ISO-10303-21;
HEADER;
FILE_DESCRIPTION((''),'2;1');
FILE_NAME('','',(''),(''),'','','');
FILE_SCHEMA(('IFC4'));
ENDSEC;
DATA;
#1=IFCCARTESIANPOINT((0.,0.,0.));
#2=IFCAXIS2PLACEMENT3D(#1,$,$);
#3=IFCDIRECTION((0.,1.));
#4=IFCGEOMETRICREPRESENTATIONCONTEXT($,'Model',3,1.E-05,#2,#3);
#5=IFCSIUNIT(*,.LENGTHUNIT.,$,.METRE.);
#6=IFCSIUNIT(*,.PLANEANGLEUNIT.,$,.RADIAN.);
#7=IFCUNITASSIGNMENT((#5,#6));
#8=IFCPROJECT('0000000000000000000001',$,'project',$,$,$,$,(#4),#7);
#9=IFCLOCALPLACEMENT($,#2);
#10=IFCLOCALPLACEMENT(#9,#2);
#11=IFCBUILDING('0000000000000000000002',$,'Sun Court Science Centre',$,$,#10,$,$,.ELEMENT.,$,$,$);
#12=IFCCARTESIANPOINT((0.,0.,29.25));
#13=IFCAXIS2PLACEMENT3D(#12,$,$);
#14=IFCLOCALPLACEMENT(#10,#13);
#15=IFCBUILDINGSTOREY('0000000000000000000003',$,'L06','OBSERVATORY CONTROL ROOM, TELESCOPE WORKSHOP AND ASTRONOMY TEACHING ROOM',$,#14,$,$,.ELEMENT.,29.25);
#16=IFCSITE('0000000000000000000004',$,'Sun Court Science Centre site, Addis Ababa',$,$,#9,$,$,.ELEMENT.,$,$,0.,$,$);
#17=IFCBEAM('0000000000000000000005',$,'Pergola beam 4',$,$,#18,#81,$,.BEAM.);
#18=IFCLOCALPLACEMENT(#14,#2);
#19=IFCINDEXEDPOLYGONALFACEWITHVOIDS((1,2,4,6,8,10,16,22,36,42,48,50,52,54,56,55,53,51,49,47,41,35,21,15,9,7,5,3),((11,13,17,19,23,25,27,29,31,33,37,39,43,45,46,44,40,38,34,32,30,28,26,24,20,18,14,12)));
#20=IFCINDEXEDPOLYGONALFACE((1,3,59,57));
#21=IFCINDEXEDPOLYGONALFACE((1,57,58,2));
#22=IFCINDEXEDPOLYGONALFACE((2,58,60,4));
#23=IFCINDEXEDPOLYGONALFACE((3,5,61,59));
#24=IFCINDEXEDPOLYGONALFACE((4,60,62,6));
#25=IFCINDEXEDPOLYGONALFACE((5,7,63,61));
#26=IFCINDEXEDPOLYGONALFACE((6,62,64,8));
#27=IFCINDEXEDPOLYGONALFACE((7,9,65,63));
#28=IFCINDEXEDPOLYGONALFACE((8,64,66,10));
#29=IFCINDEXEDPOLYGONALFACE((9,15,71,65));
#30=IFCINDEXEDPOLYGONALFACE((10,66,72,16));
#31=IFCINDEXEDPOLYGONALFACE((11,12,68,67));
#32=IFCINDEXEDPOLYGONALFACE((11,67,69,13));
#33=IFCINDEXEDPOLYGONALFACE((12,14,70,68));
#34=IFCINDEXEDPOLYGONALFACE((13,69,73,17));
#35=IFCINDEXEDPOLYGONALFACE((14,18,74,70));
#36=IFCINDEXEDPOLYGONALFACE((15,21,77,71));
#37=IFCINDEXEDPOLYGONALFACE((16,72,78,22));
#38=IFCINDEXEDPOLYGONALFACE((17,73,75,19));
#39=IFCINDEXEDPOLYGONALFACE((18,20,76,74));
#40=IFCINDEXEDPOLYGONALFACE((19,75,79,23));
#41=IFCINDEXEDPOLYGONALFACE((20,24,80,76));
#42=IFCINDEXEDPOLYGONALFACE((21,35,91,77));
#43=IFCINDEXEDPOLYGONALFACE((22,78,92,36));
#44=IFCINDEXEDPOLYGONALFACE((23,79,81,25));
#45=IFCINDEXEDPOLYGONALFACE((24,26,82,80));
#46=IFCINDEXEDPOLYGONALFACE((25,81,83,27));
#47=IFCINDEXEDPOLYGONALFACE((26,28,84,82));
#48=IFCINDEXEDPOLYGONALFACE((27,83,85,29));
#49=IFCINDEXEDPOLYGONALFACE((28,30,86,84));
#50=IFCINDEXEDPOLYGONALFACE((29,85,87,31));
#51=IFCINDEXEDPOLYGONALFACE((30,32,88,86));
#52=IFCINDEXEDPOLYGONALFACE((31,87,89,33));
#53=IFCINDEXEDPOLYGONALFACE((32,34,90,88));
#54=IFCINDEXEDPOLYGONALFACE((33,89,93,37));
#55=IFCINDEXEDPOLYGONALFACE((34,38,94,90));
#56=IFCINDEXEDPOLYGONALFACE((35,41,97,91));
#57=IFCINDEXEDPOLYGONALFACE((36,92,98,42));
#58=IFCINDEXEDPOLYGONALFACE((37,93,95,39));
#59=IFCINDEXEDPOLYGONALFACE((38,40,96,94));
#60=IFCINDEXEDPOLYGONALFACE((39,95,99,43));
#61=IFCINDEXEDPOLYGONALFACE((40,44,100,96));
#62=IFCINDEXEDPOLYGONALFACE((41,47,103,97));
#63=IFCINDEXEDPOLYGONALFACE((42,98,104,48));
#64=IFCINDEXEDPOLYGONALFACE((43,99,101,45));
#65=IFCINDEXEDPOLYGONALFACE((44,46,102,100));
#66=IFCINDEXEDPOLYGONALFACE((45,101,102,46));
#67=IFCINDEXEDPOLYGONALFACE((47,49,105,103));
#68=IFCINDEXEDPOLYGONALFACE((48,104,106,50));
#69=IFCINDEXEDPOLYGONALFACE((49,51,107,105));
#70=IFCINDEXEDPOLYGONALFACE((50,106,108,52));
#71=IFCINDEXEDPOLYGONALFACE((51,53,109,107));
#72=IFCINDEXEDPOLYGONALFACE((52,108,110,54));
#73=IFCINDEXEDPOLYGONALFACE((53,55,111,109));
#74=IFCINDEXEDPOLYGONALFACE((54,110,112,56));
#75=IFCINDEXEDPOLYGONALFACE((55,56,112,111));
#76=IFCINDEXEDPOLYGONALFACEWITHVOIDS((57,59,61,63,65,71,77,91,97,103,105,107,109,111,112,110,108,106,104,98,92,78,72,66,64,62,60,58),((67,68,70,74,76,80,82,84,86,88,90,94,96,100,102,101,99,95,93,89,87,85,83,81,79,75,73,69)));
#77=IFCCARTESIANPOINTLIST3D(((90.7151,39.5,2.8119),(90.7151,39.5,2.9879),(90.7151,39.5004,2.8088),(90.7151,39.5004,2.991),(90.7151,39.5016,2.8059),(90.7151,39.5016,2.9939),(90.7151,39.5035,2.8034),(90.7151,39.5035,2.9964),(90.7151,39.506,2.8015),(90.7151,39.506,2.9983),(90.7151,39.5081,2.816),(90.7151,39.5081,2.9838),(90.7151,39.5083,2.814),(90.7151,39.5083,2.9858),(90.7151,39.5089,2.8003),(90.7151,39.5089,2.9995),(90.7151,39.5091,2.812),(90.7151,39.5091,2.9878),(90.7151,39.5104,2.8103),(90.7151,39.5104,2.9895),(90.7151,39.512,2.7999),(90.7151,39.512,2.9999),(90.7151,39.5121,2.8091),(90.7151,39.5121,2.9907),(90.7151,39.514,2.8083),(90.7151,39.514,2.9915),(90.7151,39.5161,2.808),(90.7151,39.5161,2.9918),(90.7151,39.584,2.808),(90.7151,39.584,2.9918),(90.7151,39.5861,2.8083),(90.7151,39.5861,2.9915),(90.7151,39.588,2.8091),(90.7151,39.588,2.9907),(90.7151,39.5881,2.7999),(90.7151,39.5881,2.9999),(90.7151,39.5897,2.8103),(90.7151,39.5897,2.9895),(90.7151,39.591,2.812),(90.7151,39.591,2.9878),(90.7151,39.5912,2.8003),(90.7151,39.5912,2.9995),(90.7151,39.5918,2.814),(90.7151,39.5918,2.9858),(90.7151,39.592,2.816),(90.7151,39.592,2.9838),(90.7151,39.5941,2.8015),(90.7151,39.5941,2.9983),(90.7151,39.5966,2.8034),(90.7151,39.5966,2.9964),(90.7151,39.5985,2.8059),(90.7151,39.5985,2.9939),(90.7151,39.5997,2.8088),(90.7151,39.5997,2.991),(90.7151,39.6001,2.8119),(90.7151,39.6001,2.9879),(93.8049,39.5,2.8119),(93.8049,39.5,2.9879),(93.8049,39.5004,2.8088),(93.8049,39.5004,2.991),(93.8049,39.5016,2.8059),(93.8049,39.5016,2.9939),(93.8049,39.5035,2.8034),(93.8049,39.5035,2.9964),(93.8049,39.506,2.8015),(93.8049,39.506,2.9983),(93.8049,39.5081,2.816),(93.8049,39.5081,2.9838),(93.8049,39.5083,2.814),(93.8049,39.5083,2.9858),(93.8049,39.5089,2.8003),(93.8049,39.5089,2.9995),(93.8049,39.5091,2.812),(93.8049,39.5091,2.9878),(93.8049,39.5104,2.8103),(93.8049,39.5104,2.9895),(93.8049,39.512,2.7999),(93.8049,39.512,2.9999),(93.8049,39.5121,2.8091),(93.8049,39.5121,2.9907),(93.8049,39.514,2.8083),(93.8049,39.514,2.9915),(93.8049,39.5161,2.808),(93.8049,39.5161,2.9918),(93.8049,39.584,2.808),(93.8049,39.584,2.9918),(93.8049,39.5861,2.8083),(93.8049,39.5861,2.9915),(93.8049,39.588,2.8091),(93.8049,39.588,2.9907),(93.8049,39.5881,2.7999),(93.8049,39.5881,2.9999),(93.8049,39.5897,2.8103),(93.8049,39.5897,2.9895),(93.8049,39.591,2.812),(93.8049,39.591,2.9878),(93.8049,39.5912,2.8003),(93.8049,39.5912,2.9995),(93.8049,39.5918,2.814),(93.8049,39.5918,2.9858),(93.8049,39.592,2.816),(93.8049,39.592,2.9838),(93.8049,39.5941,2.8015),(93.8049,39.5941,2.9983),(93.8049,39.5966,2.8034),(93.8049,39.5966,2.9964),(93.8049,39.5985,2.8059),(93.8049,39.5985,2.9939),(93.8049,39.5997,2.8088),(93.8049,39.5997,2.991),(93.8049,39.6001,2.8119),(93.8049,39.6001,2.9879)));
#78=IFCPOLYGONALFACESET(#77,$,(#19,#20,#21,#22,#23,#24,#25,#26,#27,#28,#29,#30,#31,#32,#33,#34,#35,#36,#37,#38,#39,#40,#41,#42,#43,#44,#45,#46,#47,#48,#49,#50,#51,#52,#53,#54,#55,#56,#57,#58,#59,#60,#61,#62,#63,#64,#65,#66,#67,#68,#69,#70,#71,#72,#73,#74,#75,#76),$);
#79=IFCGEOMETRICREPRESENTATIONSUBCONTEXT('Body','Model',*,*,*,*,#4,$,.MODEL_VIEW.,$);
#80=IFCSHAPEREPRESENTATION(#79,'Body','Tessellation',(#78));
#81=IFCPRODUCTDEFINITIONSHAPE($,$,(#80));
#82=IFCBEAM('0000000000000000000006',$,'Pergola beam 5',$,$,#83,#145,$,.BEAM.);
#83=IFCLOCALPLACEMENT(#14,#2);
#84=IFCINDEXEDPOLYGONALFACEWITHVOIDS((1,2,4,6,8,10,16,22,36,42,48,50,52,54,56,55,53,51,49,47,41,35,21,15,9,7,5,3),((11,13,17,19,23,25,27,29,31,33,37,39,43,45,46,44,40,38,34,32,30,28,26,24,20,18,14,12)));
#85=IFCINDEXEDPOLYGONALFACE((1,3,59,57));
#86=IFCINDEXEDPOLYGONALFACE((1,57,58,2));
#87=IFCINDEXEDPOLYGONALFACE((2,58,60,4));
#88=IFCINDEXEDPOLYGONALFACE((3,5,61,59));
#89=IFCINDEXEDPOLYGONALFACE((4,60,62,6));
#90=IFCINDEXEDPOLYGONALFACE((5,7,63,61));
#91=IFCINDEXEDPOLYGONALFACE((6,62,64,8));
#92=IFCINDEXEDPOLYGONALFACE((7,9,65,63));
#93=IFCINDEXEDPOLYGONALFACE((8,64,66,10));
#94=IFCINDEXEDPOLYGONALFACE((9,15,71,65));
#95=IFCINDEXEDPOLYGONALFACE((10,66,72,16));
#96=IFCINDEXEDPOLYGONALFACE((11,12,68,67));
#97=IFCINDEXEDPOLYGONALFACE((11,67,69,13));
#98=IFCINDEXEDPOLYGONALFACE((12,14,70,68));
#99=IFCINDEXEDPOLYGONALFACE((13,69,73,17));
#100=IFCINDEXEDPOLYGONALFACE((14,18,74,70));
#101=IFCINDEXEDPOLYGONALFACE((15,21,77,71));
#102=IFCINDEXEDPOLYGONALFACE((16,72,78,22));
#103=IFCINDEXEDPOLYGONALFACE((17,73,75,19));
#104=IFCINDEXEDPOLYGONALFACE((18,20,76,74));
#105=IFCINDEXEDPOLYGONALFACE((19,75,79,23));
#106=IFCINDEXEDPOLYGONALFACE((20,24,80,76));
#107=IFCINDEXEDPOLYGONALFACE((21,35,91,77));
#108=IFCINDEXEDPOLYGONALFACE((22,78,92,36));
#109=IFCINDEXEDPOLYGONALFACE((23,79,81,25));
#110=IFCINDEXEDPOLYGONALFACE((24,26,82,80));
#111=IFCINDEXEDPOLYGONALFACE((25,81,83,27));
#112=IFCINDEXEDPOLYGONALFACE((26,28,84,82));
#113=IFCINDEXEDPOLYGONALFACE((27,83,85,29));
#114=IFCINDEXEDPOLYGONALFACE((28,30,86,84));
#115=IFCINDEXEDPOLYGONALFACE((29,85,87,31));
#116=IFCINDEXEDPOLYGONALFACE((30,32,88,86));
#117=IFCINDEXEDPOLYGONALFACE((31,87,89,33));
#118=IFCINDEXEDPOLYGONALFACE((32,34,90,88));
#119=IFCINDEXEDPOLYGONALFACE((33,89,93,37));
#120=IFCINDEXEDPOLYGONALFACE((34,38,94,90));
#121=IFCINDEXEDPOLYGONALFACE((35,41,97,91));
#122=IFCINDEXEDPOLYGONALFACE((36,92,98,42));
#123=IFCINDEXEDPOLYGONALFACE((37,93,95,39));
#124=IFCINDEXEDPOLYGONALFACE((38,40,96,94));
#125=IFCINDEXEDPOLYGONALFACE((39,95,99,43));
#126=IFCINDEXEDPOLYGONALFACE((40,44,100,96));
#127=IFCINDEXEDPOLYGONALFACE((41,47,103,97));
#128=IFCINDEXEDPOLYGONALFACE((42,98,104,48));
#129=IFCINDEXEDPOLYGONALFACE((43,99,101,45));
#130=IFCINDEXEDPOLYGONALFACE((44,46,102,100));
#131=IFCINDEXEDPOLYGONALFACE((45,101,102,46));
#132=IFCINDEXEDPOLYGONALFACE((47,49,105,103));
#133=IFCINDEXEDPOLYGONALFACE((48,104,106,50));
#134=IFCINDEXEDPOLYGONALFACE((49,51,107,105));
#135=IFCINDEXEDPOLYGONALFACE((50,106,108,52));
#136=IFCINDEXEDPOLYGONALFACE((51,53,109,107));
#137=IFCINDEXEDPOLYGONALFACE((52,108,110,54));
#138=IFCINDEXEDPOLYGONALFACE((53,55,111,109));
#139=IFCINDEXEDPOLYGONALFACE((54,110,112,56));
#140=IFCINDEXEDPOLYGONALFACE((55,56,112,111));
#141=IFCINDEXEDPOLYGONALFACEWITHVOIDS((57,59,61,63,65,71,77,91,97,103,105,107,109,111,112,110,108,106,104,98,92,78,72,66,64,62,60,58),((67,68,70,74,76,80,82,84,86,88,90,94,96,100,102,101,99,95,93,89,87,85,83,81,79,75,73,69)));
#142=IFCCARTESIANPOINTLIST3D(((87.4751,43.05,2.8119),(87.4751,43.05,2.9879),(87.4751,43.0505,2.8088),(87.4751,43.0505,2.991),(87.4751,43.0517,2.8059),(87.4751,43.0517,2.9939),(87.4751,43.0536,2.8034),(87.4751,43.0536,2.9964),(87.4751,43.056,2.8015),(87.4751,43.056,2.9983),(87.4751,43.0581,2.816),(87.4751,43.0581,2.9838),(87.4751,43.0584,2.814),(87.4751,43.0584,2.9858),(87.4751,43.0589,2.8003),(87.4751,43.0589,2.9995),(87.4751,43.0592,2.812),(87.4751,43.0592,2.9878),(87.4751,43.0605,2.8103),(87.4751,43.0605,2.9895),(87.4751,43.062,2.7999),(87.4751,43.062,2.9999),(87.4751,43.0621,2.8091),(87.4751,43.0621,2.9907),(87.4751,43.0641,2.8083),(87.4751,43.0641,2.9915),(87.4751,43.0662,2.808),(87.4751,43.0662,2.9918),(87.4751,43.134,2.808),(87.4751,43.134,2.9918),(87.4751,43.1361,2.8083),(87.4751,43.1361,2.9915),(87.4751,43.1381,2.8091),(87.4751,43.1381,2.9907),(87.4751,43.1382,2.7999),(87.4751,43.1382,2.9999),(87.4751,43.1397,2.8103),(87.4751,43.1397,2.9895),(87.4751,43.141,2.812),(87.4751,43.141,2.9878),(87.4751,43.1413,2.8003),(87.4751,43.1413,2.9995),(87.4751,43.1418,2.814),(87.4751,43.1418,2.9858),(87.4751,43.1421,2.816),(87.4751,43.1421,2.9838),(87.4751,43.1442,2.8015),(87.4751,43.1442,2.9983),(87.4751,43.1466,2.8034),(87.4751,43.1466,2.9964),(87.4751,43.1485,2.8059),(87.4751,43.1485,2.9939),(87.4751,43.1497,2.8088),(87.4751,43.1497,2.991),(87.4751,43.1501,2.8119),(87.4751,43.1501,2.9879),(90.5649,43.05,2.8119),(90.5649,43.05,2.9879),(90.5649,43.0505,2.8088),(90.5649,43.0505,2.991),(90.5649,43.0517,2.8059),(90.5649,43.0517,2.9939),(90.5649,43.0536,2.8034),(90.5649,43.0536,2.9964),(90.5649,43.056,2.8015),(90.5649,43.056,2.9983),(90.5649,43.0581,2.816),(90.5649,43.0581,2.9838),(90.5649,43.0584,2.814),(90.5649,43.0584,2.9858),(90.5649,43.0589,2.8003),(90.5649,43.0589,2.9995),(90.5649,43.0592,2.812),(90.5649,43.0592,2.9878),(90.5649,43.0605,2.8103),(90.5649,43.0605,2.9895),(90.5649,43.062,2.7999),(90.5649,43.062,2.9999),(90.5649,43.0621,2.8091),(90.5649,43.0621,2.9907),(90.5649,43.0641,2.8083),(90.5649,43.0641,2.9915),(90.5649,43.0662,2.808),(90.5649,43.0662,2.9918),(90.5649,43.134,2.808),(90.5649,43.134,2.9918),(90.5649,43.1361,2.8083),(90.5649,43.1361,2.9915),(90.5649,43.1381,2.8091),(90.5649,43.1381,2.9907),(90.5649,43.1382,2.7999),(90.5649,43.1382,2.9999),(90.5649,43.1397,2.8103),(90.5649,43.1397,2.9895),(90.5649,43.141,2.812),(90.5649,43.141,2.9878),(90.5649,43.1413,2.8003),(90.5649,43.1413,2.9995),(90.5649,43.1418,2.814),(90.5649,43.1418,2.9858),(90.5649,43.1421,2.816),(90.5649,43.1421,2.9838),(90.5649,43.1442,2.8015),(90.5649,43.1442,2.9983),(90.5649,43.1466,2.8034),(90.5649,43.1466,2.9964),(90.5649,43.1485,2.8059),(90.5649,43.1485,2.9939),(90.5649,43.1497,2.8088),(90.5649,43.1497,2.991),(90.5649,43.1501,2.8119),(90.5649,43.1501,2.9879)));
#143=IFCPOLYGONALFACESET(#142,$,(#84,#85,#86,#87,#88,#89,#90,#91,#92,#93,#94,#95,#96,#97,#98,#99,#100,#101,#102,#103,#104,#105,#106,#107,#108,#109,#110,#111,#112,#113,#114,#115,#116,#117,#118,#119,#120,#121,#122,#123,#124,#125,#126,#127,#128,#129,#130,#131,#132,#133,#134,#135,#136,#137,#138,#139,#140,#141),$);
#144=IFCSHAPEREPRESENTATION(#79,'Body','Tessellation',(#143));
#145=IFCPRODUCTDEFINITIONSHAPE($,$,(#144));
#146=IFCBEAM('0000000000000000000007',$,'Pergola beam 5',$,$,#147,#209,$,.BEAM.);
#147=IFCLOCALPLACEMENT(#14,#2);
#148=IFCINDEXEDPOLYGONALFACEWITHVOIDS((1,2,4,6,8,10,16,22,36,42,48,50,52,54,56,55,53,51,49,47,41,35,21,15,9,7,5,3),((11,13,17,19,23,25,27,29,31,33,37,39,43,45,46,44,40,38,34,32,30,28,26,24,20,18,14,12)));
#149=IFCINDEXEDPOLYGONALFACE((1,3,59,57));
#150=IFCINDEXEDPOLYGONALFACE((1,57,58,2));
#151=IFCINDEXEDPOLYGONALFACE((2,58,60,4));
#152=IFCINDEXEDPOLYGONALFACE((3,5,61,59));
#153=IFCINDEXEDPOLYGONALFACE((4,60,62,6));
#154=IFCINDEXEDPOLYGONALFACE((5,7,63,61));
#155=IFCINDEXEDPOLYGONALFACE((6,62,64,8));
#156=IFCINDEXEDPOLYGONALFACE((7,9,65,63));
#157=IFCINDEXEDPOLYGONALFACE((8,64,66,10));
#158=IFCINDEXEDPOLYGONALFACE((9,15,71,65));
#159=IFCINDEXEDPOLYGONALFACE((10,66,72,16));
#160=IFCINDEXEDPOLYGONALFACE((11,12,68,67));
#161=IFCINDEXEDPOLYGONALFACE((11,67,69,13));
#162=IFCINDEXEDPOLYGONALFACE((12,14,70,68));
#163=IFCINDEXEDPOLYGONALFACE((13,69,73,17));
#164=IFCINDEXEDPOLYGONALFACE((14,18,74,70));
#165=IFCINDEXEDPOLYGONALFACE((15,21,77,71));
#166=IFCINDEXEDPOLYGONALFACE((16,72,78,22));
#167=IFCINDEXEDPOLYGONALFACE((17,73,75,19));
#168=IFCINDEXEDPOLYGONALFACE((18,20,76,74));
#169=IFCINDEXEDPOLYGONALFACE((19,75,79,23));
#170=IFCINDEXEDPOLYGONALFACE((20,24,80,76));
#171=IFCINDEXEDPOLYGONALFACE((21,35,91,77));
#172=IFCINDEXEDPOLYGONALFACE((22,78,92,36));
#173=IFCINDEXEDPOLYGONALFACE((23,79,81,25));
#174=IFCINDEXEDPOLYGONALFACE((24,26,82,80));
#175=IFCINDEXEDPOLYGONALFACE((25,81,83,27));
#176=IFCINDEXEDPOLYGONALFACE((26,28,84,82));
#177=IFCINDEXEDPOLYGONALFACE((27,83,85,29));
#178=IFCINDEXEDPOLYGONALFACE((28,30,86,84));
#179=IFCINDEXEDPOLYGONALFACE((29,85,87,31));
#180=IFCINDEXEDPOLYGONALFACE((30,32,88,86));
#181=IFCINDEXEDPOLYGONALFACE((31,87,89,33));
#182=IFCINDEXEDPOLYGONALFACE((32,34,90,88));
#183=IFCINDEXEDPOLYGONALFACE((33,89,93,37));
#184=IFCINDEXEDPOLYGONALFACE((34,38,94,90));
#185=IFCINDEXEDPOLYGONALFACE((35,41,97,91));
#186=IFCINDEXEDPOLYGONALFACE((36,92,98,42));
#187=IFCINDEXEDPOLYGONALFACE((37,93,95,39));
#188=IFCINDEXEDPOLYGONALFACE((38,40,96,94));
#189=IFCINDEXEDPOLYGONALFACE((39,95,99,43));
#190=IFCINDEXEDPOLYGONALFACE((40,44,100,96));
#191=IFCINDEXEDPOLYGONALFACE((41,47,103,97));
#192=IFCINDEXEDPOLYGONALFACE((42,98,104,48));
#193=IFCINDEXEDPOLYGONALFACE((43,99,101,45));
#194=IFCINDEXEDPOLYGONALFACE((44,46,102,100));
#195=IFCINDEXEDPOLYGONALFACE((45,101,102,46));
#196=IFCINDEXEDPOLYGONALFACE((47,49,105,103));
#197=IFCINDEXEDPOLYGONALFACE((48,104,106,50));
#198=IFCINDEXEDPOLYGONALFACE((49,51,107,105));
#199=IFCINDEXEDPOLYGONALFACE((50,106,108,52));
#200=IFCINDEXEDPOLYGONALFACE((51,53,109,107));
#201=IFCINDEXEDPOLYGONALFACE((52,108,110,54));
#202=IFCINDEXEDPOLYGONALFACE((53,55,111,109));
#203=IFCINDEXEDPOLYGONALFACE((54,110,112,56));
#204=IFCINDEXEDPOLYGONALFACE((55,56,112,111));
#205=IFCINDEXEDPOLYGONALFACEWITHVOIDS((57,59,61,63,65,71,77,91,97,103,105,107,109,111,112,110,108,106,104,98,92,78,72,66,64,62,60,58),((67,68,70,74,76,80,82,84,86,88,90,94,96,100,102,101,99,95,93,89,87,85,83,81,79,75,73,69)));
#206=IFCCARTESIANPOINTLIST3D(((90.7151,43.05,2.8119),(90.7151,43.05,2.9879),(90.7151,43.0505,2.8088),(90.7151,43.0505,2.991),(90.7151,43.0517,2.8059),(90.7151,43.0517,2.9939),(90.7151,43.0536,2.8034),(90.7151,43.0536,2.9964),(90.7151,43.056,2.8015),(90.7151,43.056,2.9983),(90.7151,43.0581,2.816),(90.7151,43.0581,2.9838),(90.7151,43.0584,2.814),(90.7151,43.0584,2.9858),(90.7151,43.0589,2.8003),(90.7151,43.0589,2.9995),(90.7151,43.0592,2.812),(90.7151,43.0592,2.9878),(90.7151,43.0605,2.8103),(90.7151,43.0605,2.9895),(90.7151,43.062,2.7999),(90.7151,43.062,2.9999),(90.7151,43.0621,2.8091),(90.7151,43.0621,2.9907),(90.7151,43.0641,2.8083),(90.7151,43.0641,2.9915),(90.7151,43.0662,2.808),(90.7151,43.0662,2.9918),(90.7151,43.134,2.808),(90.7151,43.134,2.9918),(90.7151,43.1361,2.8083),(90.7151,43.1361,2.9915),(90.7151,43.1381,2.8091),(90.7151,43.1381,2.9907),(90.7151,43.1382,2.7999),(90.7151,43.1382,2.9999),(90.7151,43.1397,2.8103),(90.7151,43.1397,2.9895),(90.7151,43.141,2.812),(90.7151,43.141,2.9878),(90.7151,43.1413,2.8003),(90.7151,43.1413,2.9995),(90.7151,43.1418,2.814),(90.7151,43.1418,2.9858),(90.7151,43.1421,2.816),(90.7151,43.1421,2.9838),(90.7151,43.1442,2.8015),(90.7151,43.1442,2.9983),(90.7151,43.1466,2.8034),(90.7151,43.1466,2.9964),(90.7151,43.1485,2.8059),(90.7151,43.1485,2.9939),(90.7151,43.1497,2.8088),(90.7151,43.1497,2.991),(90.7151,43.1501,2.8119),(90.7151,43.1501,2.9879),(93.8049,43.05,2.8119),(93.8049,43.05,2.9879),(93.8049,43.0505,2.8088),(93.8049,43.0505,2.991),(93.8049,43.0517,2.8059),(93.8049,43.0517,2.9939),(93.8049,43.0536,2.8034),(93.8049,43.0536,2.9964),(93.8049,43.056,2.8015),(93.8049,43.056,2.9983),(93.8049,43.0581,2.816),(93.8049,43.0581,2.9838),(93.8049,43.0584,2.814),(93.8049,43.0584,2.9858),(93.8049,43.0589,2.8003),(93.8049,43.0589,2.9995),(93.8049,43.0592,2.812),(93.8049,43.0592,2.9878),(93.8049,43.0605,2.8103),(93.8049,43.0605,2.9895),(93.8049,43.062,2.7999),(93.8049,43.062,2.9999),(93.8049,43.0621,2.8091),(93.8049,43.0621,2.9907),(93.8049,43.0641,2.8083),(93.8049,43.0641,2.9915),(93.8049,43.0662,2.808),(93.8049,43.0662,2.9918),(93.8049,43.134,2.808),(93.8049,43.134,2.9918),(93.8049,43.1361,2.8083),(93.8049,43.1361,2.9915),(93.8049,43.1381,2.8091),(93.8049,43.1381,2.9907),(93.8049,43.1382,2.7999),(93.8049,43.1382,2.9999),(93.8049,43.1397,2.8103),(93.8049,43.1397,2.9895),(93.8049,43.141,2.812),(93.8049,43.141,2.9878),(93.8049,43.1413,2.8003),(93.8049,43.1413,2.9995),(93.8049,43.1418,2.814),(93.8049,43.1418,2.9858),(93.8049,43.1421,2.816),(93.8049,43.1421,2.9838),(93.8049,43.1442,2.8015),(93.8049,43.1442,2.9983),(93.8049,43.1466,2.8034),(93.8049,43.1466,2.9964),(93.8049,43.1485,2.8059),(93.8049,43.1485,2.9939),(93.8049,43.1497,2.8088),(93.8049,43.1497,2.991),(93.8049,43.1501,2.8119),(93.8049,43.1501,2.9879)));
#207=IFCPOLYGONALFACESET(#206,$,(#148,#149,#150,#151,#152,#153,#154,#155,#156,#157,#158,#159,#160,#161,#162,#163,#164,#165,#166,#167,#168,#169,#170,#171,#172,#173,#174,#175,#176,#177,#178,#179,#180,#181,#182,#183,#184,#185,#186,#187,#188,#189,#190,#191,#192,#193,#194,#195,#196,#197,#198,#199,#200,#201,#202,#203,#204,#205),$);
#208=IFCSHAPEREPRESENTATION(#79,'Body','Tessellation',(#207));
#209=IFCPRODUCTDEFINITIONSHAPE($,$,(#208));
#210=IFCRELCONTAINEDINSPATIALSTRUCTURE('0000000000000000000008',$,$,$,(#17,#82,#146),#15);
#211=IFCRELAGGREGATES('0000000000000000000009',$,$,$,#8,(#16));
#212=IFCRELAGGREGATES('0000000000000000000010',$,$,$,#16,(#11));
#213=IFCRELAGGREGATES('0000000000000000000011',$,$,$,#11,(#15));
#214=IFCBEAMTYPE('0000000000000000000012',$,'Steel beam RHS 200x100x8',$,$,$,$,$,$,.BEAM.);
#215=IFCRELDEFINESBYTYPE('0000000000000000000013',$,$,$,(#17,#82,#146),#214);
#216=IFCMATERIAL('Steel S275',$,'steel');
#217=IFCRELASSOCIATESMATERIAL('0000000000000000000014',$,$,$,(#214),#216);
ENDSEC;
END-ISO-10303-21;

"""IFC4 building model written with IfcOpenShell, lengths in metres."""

from ifc_helpers import new_model, si_unit, direction, frame, origin, origin_2d, place, context, subcontext, project, spatial, hollow_rectangle, extrude, material, material_profile, profile_set, type_object, element, save


model = new_model("IFC4")

# Units and contexts
model_context = context("Model", 3, precision=1e-05, world=origin(), true_north=direction((0.0, 1.0)))
body_context = subcontext(model_context, "Body", "Model", "MODEL_VIEW")
ifc_project = project(units=[si_unit("LENGTHUNIT", "METRE"), si_unit("PLANEANGLEUNIT", "RADIAN")], contexts=[model_context])

# Site, building, storey
site_placement = place(None, origin())
site = spatial("IfcSite", under=ifc_project, at=site_placement, Name="Sun Court Science Centre site, Addis Ababa", CompositionType="ELEMENT", RefElevation=0.0)
building_placement = place(site_placement, origin())
building = spatial("IfcBuilding", under=site, at=building_placement, Name="Sun Court Science Centre", CompositionType="ELEMENT")
storey_placement = place(building_placement, frame((0.0, 0.0, 29.25)))
storey = spatial("IfcBuildingStorey", under=building, at=storey_placement, Name="L06", Description="OBSERVATORY CONTROL ROOM, TELESCOPE WORKSHOP AND ASTRONOMY TEACHING ROOM", CompositionType="ELEMENT", Elevation=29.25)

# Beams
ifc_material_1 = material(Name="Steel S275", Category="steel")
ifc_material_profile_1 = material_profile(ifc_material_1, hollow_rectangle(XDim=0.1001, YDim=0.2, WallThickness=0.0081, InnerFilletRadius=0.0081, OuterFilletRadius=0.012, at=origin_2d()), Name="RHS 200x100x8")
ifc_profile_set_1 = profile_set([ifc_material_profile_1], Name="Steel S275")
beam_type_1 = type_object("IfcBeamType", Name="Steel beam RHS 200x100x8", PredefinedType="BEAM", material=ifc_profile_set_1)
for number, where, z_axis, x_axis, name in (
    (1, (90.7151, 39.55, 2.8999), (1.0, 0.0, 0.0), (0.0, 1.0, 0.0), "Pergola beam 4"),
    (2, (87.4751, 43.1001, 2.8999), (1.0, 0.0, 0.0), (0.0, 1.0, 0.0), "Pergola beam 5"),
    (3, (90.7151, 43.1001, 2.8999), (1.0, 0.0, 0.0), (0.0, 1.0, 0.0), "Pergola beam 5"),
):
    element("IfcBeam", number, at=place(storey_placement, frame(where, z_axis=z_axis, x_axis=x_axis)), inside=storey, type_object=beam_type_1, Name=name, PredefinedType="BEAM", context=body_context, shape_type="SweptSolid", body=[
        extrude(hollow_rectangle(XDim=0.1001, YDim=0.2, WallThickness=0.0081, InnerFilletRadius=0.0081, OuterFilletRadius=0.012, at=origin_2d()), origin(), (0.0, 0.0, 1.0), 3.0898),
    ])

save(model, "model.ifc")
